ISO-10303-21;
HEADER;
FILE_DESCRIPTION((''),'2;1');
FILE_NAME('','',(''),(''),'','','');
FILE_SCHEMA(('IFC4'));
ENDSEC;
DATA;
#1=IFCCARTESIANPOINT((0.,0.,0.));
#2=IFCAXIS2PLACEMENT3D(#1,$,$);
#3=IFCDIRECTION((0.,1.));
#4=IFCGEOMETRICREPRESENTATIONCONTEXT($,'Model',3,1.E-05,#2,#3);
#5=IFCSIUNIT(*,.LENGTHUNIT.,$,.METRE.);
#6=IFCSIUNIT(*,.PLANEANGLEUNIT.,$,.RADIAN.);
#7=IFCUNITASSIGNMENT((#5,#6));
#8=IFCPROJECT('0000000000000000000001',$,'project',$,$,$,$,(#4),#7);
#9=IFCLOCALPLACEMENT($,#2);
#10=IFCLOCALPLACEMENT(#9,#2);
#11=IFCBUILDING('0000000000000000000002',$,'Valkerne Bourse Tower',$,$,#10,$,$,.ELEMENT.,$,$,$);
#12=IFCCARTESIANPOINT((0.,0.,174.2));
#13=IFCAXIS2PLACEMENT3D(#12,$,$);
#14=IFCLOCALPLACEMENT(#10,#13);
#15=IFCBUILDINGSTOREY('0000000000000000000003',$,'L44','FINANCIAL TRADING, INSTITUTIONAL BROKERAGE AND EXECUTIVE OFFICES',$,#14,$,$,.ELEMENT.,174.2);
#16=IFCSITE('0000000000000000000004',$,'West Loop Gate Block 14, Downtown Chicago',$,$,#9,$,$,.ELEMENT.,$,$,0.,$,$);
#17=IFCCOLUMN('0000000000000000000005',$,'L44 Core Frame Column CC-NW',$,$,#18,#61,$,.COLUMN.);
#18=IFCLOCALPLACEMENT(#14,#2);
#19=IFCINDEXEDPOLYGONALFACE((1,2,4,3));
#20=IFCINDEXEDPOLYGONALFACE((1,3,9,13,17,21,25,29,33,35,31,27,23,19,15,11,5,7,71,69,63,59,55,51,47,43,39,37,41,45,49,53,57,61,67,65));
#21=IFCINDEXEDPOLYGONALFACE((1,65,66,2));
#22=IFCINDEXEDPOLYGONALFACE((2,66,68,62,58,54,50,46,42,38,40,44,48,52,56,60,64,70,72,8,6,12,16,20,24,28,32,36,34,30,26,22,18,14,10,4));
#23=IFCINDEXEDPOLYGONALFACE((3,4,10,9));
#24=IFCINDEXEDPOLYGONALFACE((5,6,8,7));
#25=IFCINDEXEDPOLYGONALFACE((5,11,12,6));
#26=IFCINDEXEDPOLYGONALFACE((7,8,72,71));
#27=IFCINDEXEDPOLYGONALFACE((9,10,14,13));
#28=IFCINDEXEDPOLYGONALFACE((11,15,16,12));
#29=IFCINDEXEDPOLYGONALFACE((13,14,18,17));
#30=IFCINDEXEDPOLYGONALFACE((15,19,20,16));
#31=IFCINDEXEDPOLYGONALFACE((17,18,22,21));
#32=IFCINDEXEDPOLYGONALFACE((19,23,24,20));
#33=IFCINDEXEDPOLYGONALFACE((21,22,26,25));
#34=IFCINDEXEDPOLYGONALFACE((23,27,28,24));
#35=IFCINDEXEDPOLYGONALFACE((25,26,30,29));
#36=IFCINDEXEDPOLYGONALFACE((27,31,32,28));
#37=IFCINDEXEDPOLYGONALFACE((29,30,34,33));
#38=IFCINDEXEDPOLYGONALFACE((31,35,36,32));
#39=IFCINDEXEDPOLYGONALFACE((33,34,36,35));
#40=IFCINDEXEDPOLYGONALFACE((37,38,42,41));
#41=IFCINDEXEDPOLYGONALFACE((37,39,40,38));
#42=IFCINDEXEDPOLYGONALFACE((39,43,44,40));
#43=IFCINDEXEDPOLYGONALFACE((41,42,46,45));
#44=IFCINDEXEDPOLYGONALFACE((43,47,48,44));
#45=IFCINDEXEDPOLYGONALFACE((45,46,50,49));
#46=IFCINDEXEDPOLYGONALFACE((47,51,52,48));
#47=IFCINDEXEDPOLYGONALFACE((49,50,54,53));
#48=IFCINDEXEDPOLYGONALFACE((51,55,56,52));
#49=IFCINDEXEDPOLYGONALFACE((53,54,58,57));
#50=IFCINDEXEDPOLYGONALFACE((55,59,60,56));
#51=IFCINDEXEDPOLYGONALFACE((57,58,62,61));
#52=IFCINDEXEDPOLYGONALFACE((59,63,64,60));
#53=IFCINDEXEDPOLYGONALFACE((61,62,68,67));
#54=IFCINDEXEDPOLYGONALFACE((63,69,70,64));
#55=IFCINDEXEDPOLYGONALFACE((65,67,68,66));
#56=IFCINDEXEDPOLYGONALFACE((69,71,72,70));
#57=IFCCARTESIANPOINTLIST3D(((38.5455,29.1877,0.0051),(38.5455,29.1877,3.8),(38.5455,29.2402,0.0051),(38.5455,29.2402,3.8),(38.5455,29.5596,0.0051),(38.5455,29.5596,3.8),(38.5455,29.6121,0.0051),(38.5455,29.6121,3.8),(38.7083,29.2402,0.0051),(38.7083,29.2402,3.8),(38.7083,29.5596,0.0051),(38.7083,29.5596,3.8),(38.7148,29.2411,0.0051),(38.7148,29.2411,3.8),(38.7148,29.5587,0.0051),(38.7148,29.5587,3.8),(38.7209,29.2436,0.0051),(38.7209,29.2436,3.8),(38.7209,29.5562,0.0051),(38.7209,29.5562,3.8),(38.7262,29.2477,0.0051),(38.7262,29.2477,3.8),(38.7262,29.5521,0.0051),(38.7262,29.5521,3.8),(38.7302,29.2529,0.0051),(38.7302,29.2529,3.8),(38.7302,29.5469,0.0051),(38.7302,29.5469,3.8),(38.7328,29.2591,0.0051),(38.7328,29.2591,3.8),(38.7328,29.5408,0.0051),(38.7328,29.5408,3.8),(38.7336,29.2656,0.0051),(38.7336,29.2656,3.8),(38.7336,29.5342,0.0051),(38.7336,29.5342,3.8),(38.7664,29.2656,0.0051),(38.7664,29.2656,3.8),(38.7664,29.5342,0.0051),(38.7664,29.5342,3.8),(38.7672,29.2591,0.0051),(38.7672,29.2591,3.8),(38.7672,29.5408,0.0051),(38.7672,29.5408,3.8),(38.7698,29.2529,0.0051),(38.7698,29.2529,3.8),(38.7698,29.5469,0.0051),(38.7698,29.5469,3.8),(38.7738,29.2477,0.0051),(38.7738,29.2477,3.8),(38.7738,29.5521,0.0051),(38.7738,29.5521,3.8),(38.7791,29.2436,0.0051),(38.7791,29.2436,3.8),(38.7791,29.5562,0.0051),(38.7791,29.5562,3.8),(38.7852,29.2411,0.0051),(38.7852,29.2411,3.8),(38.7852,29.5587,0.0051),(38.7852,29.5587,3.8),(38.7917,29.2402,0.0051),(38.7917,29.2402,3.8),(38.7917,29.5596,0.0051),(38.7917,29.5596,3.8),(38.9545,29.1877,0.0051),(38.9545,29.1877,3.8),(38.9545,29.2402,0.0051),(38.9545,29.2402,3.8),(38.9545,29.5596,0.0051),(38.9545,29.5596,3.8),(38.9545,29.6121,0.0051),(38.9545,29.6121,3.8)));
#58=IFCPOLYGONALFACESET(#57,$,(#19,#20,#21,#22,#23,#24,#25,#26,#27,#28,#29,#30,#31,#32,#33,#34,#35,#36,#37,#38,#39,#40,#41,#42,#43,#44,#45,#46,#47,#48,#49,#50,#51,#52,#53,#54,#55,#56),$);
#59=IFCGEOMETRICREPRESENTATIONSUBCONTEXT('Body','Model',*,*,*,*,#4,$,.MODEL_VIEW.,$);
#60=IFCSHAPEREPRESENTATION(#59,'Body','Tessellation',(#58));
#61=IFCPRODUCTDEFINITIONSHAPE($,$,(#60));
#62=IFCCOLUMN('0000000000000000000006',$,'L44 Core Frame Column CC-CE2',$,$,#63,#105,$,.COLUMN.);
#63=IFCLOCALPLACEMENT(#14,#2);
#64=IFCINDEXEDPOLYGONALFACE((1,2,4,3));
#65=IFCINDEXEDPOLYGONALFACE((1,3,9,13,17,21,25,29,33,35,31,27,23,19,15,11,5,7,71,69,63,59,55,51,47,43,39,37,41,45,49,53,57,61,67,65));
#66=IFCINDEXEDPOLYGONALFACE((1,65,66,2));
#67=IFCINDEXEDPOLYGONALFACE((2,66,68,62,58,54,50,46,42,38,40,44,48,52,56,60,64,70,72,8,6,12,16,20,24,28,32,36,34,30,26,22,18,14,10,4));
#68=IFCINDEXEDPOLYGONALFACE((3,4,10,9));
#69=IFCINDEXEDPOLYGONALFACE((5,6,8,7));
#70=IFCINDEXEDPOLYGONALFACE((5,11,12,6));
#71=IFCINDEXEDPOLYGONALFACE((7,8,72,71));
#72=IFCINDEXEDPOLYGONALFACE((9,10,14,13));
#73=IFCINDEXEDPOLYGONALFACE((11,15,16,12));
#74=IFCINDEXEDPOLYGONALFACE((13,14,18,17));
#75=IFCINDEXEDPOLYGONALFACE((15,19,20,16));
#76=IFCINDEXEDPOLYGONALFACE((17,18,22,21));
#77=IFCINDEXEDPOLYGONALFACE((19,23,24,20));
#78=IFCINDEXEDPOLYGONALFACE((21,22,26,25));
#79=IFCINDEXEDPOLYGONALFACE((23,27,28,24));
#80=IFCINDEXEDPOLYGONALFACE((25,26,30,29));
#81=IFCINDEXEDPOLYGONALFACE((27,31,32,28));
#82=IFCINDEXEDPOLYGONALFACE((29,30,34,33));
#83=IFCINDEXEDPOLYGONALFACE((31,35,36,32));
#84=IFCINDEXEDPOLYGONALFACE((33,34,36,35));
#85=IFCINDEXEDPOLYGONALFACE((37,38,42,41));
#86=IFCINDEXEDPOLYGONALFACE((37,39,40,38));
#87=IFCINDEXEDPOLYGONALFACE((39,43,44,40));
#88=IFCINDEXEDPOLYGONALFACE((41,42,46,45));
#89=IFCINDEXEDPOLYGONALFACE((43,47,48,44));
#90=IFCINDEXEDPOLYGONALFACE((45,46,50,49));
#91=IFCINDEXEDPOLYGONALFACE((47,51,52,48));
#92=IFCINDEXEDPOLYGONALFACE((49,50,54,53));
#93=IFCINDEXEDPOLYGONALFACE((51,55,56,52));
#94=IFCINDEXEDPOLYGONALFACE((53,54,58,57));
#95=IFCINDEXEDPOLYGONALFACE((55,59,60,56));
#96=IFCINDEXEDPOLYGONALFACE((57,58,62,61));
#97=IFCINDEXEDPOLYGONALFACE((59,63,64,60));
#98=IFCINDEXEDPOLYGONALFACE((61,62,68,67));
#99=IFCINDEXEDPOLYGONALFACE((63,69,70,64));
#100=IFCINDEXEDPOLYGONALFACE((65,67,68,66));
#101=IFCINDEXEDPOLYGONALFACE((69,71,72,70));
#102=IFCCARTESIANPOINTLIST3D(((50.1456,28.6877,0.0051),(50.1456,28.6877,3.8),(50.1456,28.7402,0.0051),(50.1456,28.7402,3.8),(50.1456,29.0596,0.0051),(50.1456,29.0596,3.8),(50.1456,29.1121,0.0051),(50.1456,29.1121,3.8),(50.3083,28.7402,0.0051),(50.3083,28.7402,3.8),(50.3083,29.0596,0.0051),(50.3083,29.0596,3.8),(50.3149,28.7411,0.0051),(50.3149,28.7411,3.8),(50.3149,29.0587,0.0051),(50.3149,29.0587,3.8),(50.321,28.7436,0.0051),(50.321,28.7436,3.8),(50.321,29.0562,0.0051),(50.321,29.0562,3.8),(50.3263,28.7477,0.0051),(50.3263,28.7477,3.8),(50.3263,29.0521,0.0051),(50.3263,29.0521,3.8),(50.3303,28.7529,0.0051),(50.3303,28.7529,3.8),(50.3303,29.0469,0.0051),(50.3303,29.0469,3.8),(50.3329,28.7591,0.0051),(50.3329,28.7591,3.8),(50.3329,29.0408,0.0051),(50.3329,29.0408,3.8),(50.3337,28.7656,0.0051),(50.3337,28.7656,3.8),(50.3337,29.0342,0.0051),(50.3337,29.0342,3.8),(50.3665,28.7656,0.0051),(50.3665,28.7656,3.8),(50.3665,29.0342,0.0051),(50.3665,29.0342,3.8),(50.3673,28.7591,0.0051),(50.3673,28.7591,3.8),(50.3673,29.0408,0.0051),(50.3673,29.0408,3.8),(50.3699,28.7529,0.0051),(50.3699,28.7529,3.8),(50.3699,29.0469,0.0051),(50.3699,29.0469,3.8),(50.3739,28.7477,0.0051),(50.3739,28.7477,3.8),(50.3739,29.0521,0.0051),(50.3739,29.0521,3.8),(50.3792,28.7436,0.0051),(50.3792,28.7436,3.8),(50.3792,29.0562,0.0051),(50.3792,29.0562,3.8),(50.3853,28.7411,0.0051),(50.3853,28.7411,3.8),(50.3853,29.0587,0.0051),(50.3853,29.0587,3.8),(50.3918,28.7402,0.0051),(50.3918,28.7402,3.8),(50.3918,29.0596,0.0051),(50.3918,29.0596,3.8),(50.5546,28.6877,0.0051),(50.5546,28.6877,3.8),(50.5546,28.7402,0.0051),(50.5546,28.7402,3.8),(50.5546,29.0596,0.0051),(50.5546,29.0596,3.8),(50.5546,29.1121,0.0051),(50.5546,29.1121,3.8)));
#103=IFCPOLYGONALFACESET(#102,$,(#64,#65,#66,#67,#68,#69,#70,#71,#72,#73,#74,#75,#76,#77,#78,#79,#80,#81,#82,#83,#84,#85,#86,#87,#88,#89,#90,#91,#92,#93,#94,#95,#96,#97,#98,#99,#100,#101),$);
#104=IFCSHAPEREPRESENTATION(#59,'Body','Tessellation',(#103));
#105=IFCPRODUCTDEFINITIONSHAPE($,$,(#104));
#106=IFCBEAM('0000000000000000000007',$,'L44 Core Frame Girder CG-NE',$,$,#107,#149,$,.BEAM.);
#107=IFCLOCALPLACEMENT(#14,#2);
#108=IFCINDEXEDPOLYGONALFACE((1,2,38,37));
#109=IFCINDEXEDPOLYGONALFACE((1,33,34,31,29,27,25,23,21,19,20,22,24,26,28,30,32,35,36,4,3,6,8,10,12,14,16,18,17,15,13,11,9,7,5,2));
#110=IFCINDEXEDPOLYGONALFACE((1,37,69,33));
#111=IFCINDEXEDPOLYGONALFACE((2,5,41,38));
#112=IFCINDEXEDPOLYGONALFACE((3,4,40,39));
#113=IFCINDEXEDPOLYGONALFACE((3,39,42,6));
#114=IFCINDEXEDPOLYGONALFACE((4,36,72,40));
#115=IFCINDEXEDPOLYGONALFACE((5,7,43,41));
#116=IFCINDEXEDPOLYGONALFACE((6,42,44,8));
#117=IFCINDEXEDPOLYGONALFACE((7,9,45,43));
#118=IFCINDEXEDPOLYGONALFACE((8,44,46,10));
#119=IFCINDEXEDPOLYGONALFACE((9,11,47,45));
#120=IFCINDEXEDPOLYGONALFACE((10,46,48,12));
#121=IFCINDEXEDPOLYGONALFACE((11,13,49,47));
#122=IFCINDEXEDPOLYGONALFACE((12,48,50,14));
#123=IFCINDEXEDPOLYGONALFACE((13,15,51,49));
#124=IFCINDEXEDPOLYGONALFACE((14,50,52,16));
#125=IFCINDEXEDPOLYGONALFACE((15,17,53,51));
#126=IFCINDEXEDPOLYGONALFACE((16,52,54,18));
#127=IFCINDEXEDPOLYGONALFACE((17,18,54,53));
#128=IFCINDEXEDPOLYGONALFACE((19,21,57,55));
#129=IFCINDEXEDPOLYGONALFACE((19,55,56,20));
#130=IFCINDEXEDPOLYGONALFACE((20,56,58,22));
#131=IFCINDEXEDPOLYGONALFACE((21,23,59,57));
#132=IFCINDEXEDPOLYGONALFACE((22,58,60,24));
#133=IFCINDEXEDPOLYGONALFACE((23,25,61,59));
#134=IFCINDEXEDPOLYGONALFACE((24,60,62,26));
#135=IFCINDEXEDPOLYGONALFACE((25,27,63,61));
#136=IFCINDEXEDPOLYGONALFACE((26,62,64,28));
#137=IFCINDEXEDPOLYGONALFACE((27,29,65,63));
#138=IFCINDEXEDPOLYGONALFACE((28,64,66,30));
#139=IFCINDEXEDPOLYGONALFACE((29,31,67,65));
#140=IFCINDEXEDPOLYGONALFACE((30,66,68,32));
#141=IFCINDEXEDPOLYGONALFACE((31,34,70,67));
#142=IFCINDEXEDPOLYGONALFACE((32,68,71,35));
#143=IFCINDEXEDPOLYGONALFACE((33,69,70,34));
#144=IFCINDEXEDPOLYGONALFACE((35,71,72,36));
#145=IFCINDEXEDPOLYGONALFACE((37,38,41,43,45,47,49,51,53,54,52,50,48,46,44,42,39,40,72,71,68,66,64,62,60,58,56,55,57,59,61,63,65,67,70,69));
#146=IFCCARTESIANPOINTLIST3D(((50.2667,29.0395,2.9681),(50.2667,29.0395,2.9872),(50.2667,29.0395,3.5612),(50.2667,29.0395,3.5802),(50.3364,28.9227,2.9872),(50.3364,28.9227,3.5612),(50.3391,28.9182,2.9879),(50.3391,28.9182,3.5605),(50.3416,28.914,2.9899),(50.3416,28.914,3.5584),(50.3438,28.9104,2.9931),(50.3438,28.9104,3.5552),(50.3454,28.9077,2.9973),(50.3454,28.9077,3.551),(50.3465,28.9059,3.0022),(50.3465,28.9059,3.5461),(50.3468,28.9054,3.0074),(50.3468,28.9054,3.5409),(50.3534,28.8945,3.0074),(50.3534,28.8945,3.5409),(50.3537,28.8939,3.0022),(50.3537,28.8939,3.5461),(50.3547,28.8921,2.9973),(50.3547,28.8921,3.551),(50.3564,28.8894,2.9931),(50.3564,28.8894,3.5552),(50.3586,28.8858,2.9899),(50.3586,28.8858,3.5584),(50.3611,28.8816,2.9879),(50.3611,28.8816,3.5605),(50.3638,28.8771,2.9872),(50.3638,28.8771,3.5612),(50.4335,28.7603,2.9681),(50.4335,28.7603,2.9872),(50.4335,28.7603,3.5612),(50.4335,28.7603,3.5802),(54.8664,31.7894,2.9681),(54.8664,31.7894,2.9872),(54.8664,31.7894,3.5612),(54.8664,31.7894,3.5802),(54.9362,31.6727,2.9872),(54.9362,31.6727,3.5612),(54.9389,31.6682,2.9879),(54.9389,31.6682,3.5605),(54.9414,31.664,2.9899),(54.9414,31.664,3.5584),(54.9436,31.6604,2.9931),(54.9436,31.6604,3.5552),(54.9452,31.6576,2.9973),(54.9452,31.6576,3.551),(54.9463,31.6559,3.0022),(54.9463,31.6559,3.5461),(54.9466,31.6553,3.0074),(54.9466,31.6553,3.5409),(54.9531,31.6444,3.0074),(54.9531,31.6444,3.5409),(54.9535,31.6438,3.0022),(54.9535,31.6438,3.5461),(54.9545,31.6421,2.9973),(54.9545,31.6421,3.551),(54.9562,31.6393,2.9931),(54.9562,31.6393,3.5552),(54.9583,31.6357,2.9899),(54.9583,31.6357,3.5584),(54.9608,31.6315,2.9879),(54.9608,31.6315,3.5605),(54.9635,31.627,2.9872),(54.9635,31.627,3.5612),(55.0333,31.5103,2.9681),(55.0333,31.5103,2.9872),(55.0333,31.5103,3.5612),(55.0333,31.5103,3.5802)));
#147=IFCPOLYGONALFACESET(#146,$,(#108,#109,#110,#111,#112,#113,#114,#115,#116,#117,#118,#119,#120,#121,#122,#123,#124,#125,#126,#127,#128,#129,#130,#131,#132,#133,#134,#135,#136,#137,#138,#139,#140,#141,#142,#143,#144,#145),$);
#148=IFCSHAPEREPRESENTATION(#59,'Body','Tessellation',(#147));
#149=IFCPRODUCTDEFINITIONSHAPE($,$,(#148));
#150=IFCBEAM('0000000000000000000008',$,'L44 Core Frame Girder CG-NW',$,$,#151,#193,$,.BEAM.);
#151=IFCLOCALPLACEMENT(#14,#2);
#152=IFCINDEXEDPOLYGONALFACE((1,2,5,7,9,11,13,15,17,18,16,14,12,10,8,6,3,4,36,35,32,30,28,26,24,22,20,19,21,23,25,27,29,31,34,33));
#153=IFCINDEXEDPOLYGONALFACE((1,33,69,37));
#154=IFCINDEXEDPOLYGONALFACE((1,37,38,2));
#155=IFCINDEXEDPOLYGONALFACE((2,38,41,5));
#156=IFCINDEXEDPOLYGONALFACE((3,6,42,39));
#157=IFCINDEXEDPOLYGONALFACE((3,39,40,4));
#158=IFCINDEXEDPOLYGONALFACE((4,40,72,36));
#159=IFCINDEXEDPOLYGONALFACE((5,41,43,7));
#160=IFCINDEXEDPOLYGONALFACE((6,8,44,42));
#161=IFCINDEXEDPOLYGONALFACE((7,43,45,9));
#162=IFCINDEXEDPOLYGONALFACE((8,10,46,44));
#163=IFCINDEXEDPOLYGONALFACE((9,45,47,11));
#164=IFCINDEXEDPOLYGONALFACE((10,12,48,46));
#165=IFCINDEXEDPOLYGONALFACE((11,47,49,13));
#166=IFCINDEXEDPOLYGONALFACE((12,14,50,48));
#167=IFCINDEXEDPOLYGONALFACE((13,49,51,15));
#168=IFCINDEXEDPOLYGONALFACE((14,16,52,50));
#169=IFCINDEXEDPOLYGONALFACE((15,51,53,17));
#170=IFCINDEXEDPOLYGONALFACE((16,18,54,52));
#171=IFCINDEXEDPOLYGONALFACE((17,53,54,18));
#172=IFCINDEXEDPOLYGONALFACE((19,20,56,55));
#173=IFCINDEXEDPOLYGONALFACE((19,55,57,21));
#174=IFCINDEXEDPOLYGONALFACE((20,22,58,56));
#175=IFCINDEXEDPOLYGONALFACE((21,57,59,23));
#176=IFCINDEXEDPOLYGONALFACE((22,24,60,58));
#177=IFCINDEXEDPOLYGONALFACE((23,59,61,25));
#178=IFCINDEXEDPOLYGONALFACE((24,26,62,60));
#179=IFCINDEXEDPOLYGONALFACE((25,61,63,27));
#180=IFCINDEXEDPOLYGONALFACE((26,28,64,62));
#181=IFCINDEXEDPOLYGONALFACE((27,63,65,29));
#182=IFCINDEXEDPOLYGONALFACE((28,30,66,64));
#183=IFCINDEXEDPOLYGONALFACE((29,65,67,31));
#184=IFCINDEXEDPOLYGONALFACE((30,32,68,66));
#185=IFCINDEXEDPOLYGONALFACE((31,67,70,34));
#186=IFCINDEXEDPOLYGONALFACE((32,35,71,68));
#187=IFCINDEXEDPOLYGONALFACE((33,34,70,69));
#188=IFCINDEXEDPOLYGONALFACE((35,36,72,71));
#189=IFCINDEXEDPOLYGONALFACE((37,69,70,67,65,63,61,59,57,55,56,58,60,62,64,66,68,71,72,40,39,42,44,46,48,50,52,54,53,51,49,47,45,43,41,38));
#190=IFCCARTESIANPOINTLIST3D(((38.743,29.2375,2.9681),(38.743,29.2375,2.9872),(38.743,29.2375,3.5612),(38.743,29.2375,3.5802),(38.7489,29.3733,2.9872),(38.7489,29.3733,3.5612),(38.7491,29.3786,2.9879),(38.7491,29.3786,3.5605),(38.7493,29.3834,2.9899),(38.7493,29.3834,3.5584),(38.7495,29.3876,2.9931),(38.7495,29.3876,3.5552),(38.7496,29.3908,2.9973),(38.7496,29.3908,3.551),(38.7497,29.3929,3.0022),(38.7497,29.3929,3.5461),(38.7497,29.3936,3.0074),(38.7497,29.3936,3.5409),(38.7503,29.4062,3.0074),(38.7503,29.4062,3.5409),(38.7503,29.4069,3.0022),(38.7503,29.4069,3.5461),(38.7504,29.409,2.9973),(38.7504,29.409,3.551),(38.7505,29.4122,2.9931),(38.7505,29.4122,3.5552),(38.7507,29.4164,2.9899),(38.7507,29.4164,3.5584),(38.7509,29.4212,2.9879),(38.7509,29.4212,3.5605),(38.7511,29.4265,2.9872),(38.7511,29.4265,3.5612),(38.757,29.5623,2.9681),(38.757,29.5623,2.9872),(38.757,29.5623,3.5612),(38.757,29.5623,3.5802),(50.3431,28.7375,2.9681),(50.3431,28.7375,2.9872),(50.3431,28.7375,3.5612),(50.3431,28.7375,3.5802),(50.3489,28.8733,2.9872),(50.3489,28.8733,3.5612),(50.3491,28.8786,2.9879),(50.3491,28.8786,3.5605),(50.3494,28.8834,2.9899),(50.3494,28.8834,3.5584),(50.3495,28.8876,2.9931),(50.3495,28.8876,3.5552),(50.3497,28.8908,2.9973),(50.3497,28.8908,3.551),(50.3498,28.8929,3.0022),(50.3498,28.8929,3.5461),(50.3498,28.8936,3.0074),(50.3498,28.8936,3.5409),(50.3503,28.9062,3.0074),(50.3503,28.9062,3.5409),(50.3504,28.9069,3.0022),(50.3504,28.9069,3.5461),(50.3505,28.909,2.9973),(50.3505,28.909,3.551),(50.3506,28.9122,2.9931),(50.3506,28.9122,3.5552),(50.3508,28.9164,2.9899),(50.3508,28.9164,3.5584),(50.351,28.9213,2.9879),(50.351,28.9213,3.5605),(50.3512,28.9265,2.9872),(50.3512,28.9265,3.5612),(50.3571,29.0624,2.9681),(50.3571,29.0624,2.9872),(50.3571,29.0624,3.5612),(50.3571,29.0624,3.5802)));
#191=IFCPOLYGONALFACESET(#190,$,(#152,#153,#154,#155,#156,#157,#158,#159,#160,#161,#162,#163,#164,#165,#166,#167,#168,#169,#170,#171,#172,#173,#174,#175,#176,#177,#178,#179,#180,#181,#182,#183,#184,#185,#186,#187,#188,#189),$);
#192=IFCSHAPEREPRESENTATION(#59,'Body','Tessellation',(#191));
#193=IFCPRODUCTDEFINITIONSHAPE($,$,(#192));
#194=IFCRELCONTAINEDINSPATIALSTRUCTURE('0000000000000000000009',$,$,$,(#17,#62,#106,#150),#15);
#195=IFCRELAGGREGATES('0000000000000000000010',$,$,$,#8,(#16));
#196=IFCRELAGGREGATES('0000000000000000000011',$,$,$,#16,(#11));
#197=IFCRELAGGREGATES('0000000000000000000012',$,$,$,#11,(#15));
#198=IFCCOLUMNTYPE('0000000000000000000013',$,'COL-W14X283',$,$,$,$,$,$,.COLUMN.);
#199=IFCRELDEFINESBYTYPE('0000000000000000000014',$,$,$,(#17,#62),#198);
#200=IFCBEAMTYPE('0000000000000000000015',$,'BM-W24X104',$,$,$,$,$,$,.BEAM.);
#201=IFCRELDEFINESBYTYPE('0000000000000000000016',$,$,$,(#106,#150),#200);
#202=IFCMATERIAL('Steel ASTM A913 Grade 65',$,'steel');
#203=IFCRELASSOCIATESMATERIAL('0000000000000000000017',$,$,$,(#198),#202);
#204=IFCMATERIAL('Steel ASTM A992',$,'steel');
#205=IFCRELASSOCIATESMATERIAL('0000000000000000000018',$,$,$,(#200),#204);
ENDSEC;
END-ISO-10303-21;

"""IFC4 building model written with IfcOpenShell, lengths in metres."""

from ifc_helpers import new_model, si_unit, direction, frame, origin, origin_2d, place, context, subcontext, project, spatial, i_section, extrude, material, material_profile, profile_set, type_object, element, save


model = new_model("IFC4")

# Units and contexts
model_context = context("Model", 3, precision=1e-05, world=origin(), true_north=direction((0.0, 1.0)))
body_context = subcontext(model_context, "Body", "Model", "MODEL_VIEW")
ifc_project = project(units=[si_unit("LENGTHUNIT", "METRE"), si_unit("PLANEANGLEUNIT", "RADIAN")], contexts=[model_context])

# Site, building, storey
site_placement = place(None, origin())
site = spatial("IfcSite", under=ifc_project, at=site_placement, Name="West Loop Gate Block 14, Downtown Chicago", CompositionType="ELEMENT", RefElevation=0.0)
building_placement = place(site_placement, origin())
building = spatial("IfcBuilding", under=site, at=building_placement, Name="Valkerne Bourse Tower", CompositionType="ELEMENT")
storey_placement = place(building_placement, frame((0.0, 0.0, 174.2)))
storey = spatial("IfcBuildingStorey", under=building, at=storey_placement, Name="L44", Description="FINANCIAL TRADING, INSTITUTIONAL BROKERAGE AND EXECUTIVE OFFICES", CompositionType="ELEMENT", Elevation=174.2)

# Columns
ifc_material_1 = material(Name="Steel ASTM A913 Grade 65", Category="steel")
ifc_material_profile_1 = material_profile(ifc_material_1, i_section(OverallWidth=0.4089, OverallDepth=0.4243, WebThickness=0.0327, FlangeThickness=0.0525, FilletRadius=0.0254, at=origin_2d()), Name="W14X283")
ifc_profile_set_1 = profile_set([ifc_material_profile_1], Name="Steel ASTM A913 Grade 65")
column_type = type_object("IfcColumnType", Name="COL-W14X283", PredefinedType="COLUMN", material=ifc_profile_set_1)
for number, where, z_axis, x_axis, name in (
    (1, (38.75, 29.3999, 0.0051), (0.0, 0.0, 1.0), (1.0, 0.0, 0.0), "L44 Core Frame Column CC-NW"),
    (2, (50.3501, 28.8999, 0.0051), (0.0, 0.0, 1.0), (1.0, 0.0, 0.0), "L44 Core Frame Column CC-CE2"),
):
    element("IfcColumn", number, at=place(storey_placement, frame(where, z_axis=z_axis, x_axis=x_axis)), inside=storey, type_object=column_type, Name=name, PredefinedType="COLUMN", context=body_context, shape_type="SweptSolid", body=[
        extrude(i_section(OverallWidth=0.4089, OverallDepth=0.4243, WebThickness=0.0327, FlangeThickness=0.0525, FilletRadius=0.0254, at=origin_2d()), origin(), (0.0, 0.0, 1.0), 3.7949),
    ])

# Beams
ifc_material_2 = material(Name="Steel ASTM A992", Category="steel")
ifc_material_profile_2 = material_profile(ifc_material_2, i_section(OverallWidth=0.3252, OverallDepth=0.6121, WebThickness=0.0127, FlangeThickness=0.019, FilletRadius=0.0203, at=origin_2d()), Name="W24X104")
ifc_profile_set_2 = profile_set([ifc_material_profile_2], Name="Steel ASTM A992")
beam_type = type_object("IfcBeamType", Name="BM-W24X104", PredefinedType="BEAM", material=ifc_profile_set_2)
beam_1_placement = place(storey_placement, frame((50.3501, 28.8999, 3.2742), z_axis=(0.858308, 0.513135, 0.0), x_axis=(-0.513135, 0.858308, 0.0)))
element("IfcBeam", 3, at=beam_1_placement, inside=storey, type_object=beam_type, Name="L44 Core Frame Girder CG-NE", PredefinedType="BEAM", context=body_context, shape_type="SweptSolid", body=[
    extrude(i_section(OverallWidth=0.3252, OverallDepth=0.6121, WebThickness=0.0127, FlangeThickness=0.019, FilletRadius=0.0203, at=origin_2d()), origin(), (0.0, 0.0, 1.0), 5.3591),
])
beam_2_placement = place(storey_placement, frame((38.75, 29.3999, 3.2742), z_axis=(0.999072, -0.043063, 0.0), x_axis=(0.043063, 0.999072, 0.0)))
element("IfcBeam", 4, at=beam_2_placement, inside=storey, type_object=beam_type, Name="L44 Core Frame Girder CG-NW", PredefinedType="BEAM", context=body_context, shape_type="SweptSolid", body=[
    extrude(i_section(OverallWidth=0.3252, OverallDepth=0.6121, WebThickness=0.0127, FlangeThickness=0.019, FilletRadius=0.0203, at=origin_2d()), origin(), (0.0, 0.0, 1.0), 11.6108),
])

save(model, "model.ifc")
